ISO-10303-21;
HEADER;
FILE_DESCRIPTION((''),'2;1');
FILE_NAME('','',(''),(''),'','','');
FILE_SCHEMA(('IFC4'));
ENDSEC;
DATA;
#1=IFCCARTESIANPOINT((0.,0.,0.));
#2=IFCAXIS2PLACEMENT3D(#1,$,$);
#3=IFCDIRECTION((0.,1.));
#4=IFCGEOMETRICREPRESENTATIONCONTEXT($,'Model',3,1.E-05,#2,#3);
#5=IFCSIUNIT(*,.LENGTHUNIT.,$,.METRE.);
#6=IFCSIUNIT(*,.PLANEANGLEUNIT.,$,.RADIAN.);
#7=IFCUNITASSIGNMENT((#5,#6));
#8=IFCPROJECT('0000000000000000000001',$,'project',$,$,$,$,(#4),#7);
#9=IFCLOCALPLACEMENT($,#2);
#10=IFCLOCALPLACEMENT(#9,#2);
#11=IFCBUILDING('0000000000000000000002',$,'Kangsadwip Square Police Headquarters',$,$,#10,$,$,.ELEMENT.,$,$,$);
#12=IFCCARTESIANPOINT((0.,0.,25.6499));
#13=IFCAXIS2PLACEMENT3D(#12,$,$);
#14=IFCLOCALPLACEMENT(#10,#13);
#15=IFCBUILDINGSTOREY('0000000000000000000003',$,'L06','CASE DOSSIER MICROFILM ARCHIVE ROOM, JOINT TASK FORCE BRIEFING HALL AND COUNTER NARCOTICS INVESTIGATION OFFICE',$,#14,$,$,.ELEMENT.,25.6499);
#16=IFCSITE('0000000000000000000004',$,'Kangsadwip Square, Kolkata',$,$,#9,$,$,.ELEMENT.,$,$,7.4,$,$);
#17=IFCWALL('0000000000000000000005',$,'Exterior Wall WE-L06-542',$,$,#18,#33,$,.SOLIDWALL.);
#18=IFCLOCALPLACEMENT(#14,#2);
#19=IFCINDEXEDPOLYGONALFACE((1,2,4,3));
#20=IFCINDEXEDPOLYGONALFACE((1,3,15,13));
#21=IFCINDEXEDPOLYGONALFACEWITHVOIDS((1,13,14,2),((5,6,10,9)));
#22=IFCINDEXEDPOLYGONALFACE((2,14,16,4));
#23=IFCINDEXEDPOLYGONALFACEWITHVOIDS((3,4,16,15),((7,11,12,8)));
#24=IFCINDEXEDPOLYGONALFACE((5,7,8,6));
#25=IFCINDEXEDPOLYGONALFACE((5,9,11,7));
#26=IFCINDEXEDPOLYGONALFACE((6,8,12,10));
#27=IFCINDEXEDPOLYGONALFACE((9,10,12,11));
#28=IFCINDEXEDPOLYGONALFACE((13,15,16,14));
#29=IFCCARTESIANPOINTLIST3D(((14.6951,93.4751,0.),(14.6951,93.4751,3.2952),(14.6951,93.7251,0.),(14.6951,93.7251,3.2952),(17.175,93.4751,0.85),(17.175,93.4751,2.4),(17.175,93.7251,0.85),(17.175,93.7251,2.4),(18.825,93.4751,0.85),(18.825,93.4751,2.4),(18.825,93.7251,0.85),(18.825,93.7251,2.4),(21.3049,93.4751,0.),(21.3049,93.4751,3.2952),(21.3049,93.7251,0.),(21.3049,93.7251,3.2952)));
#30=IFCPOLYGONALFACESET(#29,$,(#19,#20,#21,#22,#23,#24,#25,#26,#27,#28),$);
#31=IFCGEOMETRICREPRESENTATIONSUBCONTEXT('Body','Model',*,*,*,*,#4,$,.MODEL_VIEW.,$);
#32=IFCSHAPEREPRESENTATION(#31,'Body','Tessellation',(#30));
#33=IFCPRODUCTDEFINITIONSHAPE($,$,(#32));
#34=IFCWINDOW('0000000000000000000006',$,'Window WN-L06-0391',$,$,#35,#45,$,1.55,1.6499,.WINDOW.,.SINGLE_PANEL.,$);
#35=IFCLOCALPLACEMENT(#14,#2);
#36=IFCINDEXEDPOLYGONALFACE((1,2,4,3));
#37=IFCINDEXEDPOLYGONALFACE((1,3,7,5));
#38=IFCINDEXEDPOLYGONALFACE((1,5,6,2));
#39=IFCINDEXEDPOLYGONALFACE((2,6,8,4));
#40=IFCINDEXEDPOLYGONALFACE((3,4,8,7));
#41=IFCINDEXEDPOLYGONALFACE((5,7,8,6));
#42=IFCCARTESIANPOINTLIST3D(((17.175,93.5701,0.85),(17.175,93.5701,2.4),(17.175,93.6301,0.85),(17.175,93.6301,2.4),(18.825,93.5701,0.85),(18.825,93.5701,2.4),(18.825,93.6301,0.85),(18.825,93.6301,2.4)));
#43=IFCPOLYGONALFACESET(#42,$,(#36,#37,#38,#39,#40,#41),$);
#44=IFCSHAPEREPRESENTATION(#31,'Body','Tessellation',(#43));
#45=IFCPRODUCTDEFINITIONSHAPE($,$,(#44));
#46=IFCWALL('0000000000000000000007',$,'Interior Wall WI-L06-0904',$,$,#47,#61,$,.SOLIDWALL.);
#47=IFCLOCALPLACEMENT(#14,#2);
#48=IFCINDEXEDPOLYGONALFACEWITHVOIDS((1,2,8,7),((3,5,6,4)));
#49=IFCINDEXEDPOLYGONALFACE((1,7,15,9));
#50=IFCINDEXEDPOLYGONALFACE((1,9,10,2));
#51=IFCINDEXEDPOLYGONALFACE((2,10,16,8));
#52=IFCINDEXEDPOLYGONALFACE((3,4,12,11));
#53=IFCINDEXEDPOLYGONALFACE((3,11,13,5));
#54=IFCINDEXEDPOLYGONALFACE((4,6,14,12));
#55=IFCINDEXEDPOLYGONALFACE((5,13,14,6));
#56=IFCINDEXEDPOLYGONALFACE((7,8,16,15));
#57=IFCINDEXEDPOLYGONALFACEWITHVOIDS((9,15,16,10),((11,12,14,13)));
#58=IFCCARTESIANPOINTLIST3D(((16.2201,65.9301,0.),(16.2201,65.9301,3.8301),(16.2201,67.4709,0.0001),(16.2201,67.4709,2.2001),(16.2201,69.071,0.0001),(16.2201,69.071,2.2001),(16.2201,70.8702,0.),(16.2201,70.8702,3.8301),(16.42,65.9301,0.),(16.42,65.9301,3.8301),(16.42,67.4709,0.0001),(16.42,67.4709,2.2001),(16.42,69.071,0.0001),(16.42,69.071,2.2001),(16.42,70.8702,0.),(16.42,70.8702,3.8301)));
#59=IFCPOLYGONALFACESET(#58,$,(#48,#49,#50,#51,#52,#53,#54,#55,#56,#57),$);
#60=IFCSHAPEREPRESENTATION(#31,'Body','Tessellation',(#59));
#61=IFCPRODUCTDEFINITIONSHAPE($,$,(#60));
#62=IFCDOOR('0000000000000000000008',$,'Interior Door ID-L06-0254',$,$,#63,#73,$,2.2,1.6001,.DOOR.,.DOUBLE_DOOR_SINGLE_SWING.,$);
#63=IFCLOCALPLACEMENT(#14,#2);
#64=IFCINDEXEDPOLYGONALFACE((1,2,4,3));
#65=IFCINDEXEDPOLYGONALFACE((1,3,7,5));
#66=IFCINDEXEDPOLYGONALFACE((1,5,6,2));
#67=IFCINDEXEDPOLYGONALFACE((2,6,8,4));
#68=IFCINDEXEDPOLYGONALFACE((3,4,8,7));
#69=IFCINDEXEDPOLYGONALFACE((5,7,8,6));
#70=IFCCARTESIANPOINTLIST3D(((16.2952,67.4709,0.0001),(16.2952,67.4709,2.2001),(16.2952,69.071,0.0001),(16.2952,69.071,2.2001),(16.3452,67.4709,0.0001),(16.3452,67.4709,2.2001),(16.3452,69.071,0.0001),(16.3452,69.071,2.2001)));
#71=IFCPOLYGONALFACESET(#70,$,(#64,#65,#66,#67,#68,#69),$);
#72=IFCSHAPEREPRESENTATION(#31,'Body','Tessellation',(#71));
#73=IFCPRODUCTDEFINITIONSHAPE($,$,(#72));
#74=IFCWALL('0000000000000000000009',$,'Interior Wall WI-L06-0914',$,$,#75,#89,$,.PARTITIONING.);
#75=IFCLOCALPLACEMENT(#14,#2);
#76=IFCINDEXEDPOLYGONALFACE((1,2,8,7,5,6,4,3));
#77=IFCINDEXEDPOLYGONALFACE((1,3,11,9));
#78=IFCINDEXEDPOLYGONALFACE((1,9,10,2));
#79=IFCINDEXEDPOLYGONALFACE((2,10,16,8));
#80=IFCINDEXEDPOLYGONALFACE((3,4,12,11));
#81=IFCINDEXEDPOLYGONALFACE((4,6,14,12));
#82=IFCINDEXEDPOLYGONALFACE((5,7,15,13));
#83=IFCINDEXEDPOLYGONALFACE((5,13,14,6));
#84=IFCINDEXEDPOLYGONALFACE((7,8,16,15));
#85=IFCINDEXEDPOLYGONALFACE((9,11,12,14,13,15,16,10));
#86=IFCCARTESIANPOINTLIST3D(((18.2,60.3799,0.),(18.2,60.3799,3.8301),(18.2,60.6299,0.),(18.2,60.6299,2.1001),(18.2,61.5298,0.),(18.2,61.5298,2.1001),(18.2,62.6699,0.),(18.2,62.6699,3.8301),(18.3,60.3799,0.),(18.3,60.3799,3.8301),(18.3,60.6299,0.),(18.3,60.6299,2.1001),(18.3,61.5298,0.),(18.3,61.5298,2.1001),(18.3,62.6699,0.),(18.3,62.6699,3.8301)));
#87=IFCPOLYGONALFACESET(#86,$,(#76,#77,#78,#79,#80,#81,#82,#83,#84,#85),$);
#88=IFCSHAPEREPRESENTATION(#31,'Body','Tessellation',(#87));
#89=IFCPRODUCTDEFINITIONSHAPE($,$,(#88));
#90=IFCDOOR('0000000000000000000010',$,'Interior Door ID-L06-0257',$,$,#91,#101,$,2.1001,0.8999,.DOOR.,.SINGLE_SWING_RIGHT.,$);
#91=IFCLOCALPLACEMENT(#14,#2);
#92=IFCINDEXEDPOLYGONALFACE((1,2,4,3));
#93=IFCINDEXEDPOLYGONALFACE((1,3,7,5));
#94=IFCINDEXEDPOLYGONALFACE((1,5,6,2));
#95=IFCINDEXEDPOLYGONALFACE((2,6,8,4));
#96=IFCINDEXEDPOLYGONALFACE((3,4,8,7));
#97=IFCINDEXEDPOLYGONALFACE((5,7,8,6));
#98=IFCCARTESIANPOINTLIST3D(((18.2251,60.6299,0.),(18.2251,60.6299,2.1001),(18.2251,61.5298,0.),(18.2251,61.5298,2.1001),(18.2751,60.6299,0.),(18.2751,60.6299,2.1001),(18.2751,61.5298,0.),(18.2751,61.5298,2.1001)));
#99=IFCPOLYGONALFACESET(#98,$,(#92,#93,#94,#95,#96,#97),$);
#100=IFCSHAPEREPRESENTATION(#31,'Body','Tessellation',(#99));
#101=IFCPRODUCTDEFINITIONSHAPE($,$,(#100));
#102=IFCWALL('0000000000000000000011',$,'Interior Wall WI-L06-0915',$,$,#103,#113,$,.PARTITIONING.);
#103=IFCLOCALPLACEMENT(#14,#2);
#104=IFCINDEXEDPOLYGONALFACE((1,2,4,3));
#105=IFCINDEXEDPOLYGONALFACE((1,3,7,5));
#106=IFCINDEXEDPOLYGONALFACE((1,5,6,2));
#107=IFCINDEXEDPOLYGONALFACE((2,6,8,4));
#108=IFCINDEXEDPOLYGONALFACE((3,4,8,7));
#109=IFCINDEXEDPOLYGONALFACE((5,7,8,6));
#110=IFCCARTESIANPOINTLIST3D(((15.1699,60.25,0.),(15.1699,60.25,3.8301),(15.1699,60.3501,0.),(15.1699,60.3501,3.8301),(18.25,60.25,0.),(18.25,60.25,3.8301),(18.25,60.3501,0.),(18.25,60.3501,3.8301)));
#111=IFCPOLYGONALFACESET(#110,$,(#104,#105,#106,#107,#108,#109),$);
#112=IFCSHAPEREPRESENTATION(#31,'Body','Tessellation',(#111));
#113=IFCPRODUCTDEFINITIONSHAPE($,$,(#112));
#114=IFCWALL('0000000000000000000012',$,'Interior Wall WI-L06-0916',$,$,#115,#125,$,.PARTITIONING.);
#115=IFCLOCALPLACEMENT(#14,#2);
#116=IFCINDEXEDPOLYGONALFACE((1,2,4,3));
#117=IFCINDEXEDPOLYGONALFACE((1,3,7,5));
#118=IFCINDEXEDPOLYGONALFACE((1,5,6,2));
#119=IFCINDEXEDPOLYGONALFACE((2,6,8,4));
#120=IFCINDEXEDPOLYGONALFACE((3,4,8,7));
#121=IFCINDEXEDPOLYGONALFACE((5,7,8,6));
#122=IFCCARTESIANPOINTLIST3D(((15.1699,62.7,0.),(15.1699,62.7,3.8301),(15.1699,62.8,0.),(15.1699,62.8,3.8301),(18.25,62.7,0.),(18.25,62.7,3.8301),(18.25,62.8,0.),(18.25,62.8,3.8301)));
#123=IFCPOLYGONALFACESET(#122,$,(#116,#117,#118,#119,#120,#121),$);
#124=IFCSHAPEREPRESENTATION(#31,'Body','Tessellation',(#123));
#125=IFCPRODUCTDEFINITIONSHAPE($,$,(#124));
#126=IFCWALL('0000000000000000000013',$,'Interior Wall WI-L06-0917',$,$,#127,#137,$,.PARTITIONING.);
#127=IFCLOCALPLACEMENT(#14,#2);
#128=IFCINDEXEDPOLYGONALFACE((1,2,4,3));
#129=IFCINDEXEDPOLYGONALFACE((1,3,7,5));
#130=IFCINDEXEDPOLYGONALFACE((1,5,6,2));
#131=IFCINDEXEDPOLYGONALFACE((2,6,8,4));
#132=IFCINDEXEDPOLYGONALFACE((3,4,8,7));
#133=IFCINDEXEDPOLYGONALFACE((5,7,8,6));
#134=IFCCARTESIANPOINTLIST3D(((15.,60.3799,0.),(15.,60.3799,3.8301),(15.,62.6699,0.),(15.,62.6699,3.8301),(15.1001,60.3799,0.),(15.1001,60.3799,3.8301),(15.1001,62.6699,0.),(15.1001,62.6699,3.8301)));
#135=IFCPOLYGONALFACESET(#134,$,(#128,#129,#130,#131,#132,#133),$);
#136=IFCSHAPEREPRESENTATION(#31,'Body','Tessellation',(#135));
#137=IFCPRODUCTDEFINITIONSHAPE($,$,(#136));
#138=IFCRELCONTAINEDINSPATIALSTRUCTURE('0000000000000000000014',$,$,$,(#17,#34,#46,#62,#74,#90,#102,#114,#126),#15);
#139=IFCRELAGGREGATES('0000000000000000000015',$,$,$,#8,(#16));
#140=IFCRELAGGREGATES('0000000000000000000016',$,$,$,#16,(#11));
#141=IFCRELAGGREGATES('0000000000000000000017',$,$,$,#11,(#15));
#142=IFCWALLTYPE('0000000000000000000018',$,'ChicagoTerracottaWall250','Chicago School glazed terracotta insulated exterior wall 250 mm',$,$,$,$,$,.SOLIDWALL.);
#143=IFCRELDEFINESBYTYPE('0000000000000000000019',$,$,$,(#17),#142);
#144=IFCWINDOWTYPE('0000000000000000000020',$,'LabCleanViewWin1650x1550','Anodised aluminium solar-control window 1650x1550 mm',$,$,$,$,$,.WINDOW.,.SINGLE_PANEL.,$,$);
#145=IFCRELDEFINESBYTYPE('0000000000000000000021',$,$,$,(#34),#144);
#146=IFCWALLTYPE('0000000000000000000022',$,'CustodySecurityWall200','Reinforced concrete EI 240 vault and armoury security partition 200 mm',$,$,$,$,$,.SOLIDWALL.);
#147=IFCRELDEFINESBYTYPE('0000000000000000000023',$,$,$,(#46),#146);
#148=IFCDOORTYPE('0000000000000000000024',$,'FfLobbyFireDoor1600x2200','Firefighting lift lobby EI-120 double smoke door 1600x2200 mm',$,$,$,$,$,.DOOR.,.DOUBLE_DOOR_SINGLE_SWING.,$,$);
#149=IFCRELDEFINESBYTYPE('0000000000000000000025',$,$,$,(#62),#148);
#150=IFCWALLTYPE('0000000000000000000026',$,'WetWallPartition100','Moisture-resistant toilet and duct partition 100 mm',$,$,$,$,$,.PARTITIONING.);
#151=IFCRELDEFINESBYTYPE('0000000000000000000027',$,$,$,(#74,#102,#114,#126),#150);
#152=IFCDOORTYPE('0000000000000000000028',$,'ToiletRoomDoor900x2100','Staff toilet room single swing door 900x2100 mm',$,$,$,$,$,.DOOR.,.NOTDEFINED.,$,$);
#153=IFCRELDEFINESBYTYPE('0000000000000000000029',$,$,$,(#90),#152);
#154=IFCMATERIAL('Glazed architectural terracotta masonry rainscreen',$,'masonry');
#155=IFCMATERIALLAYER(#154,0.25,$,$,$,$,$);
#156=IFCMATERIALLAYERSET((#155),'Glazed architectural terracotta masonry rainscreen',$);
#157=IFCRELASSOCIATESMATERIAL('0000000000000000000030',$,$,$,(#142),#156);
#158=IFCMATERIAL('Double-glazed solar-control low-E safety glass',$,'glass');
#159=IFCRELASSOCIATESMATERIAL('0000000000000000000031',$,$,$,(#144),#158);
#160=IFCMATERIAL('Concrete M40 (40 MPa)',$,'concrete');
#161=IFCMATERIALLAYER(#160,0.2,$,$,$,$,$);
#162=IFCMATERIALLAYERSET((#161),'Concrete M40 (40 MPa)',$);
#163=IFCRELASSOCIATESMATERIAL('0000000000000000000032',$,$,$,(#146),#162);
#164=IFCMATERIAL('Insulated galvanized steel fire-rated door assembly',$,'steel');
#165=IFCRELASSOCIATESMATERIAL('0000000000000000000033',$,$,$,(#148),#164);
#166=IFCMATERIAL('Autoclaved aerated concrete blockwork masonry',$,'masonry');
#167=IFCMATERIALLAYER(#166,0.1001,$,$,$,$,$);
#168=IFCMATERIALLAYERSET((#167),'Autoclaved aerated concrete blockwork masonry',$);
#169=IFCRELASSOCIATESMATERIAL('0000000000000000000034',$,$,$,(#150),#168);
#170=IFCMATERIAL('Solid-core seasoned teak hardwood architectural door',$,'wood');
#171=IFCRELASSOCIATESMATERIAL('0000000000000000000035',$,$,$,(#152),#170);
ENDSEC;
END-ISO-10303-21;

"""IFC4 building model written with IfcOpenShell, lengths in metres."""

from ifc_helpers import new_model, si_unit, direction, frame, frame_2d, origin, place, context, subcontext, project, spatial, rectangle, extrude, material, layer, layer_set, type_object, element, fill, save


model = new_model("IFC4")

# Units and contexts
model_context = context("Model", 3, precision=1e-05, world=origin(), true_north=direction((0.0, 1.0)))
body_context = subcontext(model_context, "Body", "Model", "MODEL_VIEW")
ifc_project = project(units=[si_unit("LENGTHUNIT", "METRE"), si_unit("PLANEANGLEUNIT", "RADIAN")], contexts=[model_context])

# Site, building, storey
site_placement = place(None, origin())
site = spatial("IfcSite", under=ifc_project, at=site_placement, Name="Kangsadwip Square, Kolkata", CompositionType="ELEMENT", RefElevation=7.4)
building_placement = place(site_placement, origin())
building = spatial("IfcBuilding", under=site, at=building_placement, Name="Kangsadwip Square Police Headquarters", CompositionType="ELEMENT")
storey_placement = place(building_placement, frame((0.0, 0.0, 25.6499)))
storey = spatial("IfcBuildingStorey", under=building, at=storey_placement, Name="L06", Description="CASE DOSSIER MICROFILM ARCHIVE ROOM, JOINT TASK FORCE BRIEFING HALL AND COUNTER NARCOTICS INVESTIGATION OFFICE", CompositionType="ELEMENT", Elevation=25.6499)

# Wall, opening, window
ifc_material_1 = material(Name="Glazed architectural terracotta masonry rainscreen", Category="masonry")
ifc_layer_1 = layer(ifc_material_1, 0.25)
ifc_layer_set_1 = layer_set([ifc_layer_1], Name="Glazed architectural terracotta masonry rainscreen")
wall_type_1 = type_object("IfcWallType", Name="ChicagoTerracottaWall250", Description="Chicago School glazed terracotta insulated exterior wall 250 mm", PredefinedType="SOLIDWALL", material=ifc_layer_set_1)
wall_1_placement = place(storey_placement, frame((14.6951, 93.6001, 0.0), z_axis=(0.0, 0.0, 1.0), x_axis=(1.0, 0.0, 0.0)))
wall_1 = element("IfcWall", 1, at=wall_1_placement, inside=storey, type_object=wall_type_1, Name="Exterior Wall WE-L06-542", PredefinedType="SOLIDWALL", context=body_context, shape_type="SweptSolid", body=[
    extrude(rectangle(XDim=6.6099, YDim=0.25, at=frame_2d((3.3049, 0.0))), origin(), (0.0, 0.0, 1.0), 3.2952),
])
opening_1_placement = place(wall_1_placement, frame((2.48, 0.0, 0.8501)))
opening_1 = element("IfcOpeningElement", 2, at=opening_1_placement, cuts=wall_1, PredefinedType="OPENING", context=body_context, shape_type="SweptSolid", body=[
    extrude(rectangle(XDim=1.6499, YDim=1.55, at=frame_2d((0.825, 0.7749))), frame((0.0, 0.135, 0.0), z_axis=(0.0, -1.0, 0.0), x_axis=(1.0, 0.0, 0.0)), (0.0, 0.0, 1.0), 0.27),
])
ifc_material_2 = material(Name="Double-glazed solar-control low-E safety glass", Category="glass")
window_type = type_object("IfcWindowType", Name="LabCleanViewWin1650x1550", Description="Anodised aluminium solar-control window 1650x1550 mm", PartitioningType="SINGLE_PANEL", PredefinedType="WINDOW", material=ifc_material_2)
window_placement = place(opening_1_placement, origin())
window = element("IfcWindow", 3, at=window_placement, inside=storey, type_object=window_type, Name="Window WN-L06-0391", OverallHeight=1.55, OverallWidth=1.6499, PartitioningType="SINGLE_PANEL", PredefinedType="WINDOW", context=body_context, shape_type="SweptSolid", body=[
    extrude(rectangle(XDim=1.6499, YDim=1.55, at=frame_2d((0.825, 0.7749))), frame((0.0, 0.03, 0.0), z_axis=(0.0, -1.0, 0.0), x_axis=(1.0, 0.0, 0.0)), (0.0, 0.0, 1.0), 0.0601),
])
fill(opening_1, window)

# Walls, openings, doors
ifc_material_3 = material(Name="Concrete M40 (40 MPa)", Category="concrete")
ifc_layer_2 = layer(ifc_material_3, 0.2)
ifc_layer_set_2 = layer_set([ifc_layer_2], Name="Concrete M40 (40 MPa)")
wall_type_2 = type_object("IfcWallType", Name="CustodySecurityWall200", Description="Reinforced concrete EI 240 vault and armoury security partition 200 mm", PredefinedType="SOLIDWALL", material=ifc_layer_set_2)
wall_2_placement = place(storey_placement, frame((16.3201, 65.9299, 0.0), z_axis=(0.0, 0.0, 1.0), x_axis=(0.0, 1.0, 0.0)))
wall_2 = element("IfcWall", 4, at=wall_2_placement, inside=storey, type_object=wall_type_2, Name="Interior Wall WI-L06-0904", PredefinedType="SOLIDWALL", context=body_context, shape_type="SweptSolid", body=[
    extrude(rectangle(XDim=4.9402, YDim=0.2, at=frame_2d((2.4702, 0.0))), origin(), (0.0, 0.0, 1.0), 3.8301),
])
opening_2_placement = place(wall_2_placement, frame((1.541, 0.0, 0.0)))
opening_2 = element("IfcOpeningElement", 5, at=opening_2_placement, cuts=wall_2, PredefinedType="OPENING", context=body_context, shape_type="SweptSolid", body=[
    extrude(rectangle(XDim=1.6001, YDim=2.2, at=frame_2d((0.8, 1.1001))), frame((0.0, 0.1099, 0.0), z_axis=(0.0, -1.0, 0.0), x_axis=(1.0, 0.0, 0.0)), (0.0, 0.0, 1.0), 0.22),
])
ifc_material_4 = material(Name="Insulated galvanized steel fire-rated door assembly", Category="steel")
door_type_1 = type_object("IfcDoorType", Name="FfLobbyFireDoor1600x2200", Description="Firefighting lift lobby EI-120 double smoke door 1600x2200 mm", OperationType="DOUBLE_DOOR_SINGLE_SWING", PredefinedType="DOOR", material=ifc_material_4)
door_1_placement = place(opening_2_placement, origin())
door_1 = element("IfcDoor", 6, at=door_1_placement, inside=storey, type_object=door_type_1, Name="Interior Door ID-L06-0254", OperationType="DOUBLE_DOOR_SINGLE_SWING", OverallHeight=2.2, OverallWidth=1.6001, PredefinedType="DOOR", context=body_context, shape_type="SweptSolid", body=[
    extrude(rectangle(XDim=1.6001, YDim=2.2, at=frame_2d((0.8, 1.1001))), frame((0.0, 0.0249, 0.0), z_axis=(0.0, -1.0, 0.0), x_axis=(1.0, 0.0, 0.0)), (0.0, 0.0, 1.0), 0.05),
])
fill(opening_2, door_1)
ifc_material_5 = material(Name="Autoclaved aerated concrete blockwork masonry", Category="masonry")
ifc_layer_3 = layer(ifc_material_5, 0.1001)
ifc_layer_set_3 = layer_set([ifc_layer_3], Name="Autoclaved aerated concrete blockwork masonry")
wall_type_3 = type_object("IfcWallType", Name="WetWallPartition100", Description="Moisture-resistant toilet and duct partition 100 mm", PredefinedType="PARTITIONING", material=ifc_layer_set_3)
wall_3_placement = place(storey_placement, frame((18.25, 60.3799, 0.0), z_axis=(0.0, 0.0, 1.0), x_axis=(0.0, 1.0, 0.0)))
wall_3 = element("IfcWall", 7, at=wall_3_placement, inside=storey, type_object=wall_type_3, Name="Interior Wall WI-L06-0914", PredefinedType="PARTITIONING", context=body_context, shape_type="SweptSolid", body=[
    extrude(rectangle(XDim=2.29, YDim=0.1001, at=frame_2d((1.145, 0.0))), origin(), (0.0, 0.0, 1.0), 3.8301),
])
opening_3_placement = place(wall_3_placement, frame((0.25, 0.0, 0.0)))
opening_3 = element("IfcOpeningElement", 8, at=opening_3_placement, cuts=wall_3, PredefinedType="OPENING", context=body_context, shape_type="SweptSolid", body=[
    extrude(rectangle(XDim=0.8999, YDim=2.1001, at=frame_2d((0.45, 1.05))), frame((0.0, 0.0601, 0.0), z_axis=(0.0, -1.0, 0.0), x_axis=(1.0, 0.0, 0.0)), (0.0, 0.0, 1.0), 0.1201),
])
ifc_material_6 = material(Name="Solid-core seasoned teak hardwood architectural door", Category="wood")
door_type_2 = type_object("IfcDoorType", Name="ToiletRoomDoor900x2100", Description="Staff toilet room single swing door 900x2100 mm", OperationType="NOTDEFINED", PredefinedType="DOOR", material=ifc_material_6)
door_2_placement = place(opening_3_placement, origin())
door_2 = element("IfcDoor", 9, at=door_2_placement, inside=storey, type_object=door_type_2, Name="Interior Door ID-L06-0257", OperationType="SINGLE_SWING_RIGHT", OverallHeight=2.1001, OverallWidth=0.8999, PredefinedType="DOOR", context=body_context, shape_type="SweptSolid", body=[
    extrude(rectangle(XDim=0.8999, YDim=2.1001, at=frame_2d((0.45, 1.05))), frame((0.0, 0.0249, 0.0), z_axis=(0.0, -1.0, 0.0), x_axis=(1.0, 0.0, 0.0)), (0.0, 0.0, 1.0), 0.05),
])
fill(opening_3, door_2)

# Walls
for number, where, z_axis, x_axis, name in (
    (10, (15.1699, 60.3, 0.0), (0.0, 0.0, 1.0), (1.0, 0.0, 0.0), "Interior Wall WI-L06-0915"),
    (11, (15.1699, 62.75, 0.0), (0.0, 0.0, 1.0), (1.0, 0.0, 0.0), "Interior Wall WI-L06-0916"),
):
    element("IfcWall", number, at=place(storey_placement, frame(where, z_axis=z_axis, x_axis=x_axis)), inside=storey, type_object=wall_type_3, Name=name, PredefinedType="PARTITIONING", context=body_context, shape_type="SweptSolid", body=[
        extrude(rectangle(XDim=3.0801, YDim=0.1001, at=frame_2d((1.54, 0.0))), origin(), (0.0, 0.0, 1.0), 3.8301),
    ])
wall_4_placement = place(storey_placement, frame((15.05, 60.3799, 0.0), z_axis=(0.0, 0.0, 1.0), x_axis=(0.0, 1.0, 0.0)))
element("IfcWall", 12, at=wall_4_placement, inside=storey, type_object=wall_type_3, Name="Interior Wall WI-L06-0917", PredefinedType="PARTITIONING", context=body_context, shape_type="SweptSolid", body=[
    extrude(rectangle(XDim=2.29, YDim=0.1001, at=frame_2d((1.145, 0.0))), origin(), (0.0, 0.0, 1.0), 3.8301),
])

save(model, "model.ifc")
